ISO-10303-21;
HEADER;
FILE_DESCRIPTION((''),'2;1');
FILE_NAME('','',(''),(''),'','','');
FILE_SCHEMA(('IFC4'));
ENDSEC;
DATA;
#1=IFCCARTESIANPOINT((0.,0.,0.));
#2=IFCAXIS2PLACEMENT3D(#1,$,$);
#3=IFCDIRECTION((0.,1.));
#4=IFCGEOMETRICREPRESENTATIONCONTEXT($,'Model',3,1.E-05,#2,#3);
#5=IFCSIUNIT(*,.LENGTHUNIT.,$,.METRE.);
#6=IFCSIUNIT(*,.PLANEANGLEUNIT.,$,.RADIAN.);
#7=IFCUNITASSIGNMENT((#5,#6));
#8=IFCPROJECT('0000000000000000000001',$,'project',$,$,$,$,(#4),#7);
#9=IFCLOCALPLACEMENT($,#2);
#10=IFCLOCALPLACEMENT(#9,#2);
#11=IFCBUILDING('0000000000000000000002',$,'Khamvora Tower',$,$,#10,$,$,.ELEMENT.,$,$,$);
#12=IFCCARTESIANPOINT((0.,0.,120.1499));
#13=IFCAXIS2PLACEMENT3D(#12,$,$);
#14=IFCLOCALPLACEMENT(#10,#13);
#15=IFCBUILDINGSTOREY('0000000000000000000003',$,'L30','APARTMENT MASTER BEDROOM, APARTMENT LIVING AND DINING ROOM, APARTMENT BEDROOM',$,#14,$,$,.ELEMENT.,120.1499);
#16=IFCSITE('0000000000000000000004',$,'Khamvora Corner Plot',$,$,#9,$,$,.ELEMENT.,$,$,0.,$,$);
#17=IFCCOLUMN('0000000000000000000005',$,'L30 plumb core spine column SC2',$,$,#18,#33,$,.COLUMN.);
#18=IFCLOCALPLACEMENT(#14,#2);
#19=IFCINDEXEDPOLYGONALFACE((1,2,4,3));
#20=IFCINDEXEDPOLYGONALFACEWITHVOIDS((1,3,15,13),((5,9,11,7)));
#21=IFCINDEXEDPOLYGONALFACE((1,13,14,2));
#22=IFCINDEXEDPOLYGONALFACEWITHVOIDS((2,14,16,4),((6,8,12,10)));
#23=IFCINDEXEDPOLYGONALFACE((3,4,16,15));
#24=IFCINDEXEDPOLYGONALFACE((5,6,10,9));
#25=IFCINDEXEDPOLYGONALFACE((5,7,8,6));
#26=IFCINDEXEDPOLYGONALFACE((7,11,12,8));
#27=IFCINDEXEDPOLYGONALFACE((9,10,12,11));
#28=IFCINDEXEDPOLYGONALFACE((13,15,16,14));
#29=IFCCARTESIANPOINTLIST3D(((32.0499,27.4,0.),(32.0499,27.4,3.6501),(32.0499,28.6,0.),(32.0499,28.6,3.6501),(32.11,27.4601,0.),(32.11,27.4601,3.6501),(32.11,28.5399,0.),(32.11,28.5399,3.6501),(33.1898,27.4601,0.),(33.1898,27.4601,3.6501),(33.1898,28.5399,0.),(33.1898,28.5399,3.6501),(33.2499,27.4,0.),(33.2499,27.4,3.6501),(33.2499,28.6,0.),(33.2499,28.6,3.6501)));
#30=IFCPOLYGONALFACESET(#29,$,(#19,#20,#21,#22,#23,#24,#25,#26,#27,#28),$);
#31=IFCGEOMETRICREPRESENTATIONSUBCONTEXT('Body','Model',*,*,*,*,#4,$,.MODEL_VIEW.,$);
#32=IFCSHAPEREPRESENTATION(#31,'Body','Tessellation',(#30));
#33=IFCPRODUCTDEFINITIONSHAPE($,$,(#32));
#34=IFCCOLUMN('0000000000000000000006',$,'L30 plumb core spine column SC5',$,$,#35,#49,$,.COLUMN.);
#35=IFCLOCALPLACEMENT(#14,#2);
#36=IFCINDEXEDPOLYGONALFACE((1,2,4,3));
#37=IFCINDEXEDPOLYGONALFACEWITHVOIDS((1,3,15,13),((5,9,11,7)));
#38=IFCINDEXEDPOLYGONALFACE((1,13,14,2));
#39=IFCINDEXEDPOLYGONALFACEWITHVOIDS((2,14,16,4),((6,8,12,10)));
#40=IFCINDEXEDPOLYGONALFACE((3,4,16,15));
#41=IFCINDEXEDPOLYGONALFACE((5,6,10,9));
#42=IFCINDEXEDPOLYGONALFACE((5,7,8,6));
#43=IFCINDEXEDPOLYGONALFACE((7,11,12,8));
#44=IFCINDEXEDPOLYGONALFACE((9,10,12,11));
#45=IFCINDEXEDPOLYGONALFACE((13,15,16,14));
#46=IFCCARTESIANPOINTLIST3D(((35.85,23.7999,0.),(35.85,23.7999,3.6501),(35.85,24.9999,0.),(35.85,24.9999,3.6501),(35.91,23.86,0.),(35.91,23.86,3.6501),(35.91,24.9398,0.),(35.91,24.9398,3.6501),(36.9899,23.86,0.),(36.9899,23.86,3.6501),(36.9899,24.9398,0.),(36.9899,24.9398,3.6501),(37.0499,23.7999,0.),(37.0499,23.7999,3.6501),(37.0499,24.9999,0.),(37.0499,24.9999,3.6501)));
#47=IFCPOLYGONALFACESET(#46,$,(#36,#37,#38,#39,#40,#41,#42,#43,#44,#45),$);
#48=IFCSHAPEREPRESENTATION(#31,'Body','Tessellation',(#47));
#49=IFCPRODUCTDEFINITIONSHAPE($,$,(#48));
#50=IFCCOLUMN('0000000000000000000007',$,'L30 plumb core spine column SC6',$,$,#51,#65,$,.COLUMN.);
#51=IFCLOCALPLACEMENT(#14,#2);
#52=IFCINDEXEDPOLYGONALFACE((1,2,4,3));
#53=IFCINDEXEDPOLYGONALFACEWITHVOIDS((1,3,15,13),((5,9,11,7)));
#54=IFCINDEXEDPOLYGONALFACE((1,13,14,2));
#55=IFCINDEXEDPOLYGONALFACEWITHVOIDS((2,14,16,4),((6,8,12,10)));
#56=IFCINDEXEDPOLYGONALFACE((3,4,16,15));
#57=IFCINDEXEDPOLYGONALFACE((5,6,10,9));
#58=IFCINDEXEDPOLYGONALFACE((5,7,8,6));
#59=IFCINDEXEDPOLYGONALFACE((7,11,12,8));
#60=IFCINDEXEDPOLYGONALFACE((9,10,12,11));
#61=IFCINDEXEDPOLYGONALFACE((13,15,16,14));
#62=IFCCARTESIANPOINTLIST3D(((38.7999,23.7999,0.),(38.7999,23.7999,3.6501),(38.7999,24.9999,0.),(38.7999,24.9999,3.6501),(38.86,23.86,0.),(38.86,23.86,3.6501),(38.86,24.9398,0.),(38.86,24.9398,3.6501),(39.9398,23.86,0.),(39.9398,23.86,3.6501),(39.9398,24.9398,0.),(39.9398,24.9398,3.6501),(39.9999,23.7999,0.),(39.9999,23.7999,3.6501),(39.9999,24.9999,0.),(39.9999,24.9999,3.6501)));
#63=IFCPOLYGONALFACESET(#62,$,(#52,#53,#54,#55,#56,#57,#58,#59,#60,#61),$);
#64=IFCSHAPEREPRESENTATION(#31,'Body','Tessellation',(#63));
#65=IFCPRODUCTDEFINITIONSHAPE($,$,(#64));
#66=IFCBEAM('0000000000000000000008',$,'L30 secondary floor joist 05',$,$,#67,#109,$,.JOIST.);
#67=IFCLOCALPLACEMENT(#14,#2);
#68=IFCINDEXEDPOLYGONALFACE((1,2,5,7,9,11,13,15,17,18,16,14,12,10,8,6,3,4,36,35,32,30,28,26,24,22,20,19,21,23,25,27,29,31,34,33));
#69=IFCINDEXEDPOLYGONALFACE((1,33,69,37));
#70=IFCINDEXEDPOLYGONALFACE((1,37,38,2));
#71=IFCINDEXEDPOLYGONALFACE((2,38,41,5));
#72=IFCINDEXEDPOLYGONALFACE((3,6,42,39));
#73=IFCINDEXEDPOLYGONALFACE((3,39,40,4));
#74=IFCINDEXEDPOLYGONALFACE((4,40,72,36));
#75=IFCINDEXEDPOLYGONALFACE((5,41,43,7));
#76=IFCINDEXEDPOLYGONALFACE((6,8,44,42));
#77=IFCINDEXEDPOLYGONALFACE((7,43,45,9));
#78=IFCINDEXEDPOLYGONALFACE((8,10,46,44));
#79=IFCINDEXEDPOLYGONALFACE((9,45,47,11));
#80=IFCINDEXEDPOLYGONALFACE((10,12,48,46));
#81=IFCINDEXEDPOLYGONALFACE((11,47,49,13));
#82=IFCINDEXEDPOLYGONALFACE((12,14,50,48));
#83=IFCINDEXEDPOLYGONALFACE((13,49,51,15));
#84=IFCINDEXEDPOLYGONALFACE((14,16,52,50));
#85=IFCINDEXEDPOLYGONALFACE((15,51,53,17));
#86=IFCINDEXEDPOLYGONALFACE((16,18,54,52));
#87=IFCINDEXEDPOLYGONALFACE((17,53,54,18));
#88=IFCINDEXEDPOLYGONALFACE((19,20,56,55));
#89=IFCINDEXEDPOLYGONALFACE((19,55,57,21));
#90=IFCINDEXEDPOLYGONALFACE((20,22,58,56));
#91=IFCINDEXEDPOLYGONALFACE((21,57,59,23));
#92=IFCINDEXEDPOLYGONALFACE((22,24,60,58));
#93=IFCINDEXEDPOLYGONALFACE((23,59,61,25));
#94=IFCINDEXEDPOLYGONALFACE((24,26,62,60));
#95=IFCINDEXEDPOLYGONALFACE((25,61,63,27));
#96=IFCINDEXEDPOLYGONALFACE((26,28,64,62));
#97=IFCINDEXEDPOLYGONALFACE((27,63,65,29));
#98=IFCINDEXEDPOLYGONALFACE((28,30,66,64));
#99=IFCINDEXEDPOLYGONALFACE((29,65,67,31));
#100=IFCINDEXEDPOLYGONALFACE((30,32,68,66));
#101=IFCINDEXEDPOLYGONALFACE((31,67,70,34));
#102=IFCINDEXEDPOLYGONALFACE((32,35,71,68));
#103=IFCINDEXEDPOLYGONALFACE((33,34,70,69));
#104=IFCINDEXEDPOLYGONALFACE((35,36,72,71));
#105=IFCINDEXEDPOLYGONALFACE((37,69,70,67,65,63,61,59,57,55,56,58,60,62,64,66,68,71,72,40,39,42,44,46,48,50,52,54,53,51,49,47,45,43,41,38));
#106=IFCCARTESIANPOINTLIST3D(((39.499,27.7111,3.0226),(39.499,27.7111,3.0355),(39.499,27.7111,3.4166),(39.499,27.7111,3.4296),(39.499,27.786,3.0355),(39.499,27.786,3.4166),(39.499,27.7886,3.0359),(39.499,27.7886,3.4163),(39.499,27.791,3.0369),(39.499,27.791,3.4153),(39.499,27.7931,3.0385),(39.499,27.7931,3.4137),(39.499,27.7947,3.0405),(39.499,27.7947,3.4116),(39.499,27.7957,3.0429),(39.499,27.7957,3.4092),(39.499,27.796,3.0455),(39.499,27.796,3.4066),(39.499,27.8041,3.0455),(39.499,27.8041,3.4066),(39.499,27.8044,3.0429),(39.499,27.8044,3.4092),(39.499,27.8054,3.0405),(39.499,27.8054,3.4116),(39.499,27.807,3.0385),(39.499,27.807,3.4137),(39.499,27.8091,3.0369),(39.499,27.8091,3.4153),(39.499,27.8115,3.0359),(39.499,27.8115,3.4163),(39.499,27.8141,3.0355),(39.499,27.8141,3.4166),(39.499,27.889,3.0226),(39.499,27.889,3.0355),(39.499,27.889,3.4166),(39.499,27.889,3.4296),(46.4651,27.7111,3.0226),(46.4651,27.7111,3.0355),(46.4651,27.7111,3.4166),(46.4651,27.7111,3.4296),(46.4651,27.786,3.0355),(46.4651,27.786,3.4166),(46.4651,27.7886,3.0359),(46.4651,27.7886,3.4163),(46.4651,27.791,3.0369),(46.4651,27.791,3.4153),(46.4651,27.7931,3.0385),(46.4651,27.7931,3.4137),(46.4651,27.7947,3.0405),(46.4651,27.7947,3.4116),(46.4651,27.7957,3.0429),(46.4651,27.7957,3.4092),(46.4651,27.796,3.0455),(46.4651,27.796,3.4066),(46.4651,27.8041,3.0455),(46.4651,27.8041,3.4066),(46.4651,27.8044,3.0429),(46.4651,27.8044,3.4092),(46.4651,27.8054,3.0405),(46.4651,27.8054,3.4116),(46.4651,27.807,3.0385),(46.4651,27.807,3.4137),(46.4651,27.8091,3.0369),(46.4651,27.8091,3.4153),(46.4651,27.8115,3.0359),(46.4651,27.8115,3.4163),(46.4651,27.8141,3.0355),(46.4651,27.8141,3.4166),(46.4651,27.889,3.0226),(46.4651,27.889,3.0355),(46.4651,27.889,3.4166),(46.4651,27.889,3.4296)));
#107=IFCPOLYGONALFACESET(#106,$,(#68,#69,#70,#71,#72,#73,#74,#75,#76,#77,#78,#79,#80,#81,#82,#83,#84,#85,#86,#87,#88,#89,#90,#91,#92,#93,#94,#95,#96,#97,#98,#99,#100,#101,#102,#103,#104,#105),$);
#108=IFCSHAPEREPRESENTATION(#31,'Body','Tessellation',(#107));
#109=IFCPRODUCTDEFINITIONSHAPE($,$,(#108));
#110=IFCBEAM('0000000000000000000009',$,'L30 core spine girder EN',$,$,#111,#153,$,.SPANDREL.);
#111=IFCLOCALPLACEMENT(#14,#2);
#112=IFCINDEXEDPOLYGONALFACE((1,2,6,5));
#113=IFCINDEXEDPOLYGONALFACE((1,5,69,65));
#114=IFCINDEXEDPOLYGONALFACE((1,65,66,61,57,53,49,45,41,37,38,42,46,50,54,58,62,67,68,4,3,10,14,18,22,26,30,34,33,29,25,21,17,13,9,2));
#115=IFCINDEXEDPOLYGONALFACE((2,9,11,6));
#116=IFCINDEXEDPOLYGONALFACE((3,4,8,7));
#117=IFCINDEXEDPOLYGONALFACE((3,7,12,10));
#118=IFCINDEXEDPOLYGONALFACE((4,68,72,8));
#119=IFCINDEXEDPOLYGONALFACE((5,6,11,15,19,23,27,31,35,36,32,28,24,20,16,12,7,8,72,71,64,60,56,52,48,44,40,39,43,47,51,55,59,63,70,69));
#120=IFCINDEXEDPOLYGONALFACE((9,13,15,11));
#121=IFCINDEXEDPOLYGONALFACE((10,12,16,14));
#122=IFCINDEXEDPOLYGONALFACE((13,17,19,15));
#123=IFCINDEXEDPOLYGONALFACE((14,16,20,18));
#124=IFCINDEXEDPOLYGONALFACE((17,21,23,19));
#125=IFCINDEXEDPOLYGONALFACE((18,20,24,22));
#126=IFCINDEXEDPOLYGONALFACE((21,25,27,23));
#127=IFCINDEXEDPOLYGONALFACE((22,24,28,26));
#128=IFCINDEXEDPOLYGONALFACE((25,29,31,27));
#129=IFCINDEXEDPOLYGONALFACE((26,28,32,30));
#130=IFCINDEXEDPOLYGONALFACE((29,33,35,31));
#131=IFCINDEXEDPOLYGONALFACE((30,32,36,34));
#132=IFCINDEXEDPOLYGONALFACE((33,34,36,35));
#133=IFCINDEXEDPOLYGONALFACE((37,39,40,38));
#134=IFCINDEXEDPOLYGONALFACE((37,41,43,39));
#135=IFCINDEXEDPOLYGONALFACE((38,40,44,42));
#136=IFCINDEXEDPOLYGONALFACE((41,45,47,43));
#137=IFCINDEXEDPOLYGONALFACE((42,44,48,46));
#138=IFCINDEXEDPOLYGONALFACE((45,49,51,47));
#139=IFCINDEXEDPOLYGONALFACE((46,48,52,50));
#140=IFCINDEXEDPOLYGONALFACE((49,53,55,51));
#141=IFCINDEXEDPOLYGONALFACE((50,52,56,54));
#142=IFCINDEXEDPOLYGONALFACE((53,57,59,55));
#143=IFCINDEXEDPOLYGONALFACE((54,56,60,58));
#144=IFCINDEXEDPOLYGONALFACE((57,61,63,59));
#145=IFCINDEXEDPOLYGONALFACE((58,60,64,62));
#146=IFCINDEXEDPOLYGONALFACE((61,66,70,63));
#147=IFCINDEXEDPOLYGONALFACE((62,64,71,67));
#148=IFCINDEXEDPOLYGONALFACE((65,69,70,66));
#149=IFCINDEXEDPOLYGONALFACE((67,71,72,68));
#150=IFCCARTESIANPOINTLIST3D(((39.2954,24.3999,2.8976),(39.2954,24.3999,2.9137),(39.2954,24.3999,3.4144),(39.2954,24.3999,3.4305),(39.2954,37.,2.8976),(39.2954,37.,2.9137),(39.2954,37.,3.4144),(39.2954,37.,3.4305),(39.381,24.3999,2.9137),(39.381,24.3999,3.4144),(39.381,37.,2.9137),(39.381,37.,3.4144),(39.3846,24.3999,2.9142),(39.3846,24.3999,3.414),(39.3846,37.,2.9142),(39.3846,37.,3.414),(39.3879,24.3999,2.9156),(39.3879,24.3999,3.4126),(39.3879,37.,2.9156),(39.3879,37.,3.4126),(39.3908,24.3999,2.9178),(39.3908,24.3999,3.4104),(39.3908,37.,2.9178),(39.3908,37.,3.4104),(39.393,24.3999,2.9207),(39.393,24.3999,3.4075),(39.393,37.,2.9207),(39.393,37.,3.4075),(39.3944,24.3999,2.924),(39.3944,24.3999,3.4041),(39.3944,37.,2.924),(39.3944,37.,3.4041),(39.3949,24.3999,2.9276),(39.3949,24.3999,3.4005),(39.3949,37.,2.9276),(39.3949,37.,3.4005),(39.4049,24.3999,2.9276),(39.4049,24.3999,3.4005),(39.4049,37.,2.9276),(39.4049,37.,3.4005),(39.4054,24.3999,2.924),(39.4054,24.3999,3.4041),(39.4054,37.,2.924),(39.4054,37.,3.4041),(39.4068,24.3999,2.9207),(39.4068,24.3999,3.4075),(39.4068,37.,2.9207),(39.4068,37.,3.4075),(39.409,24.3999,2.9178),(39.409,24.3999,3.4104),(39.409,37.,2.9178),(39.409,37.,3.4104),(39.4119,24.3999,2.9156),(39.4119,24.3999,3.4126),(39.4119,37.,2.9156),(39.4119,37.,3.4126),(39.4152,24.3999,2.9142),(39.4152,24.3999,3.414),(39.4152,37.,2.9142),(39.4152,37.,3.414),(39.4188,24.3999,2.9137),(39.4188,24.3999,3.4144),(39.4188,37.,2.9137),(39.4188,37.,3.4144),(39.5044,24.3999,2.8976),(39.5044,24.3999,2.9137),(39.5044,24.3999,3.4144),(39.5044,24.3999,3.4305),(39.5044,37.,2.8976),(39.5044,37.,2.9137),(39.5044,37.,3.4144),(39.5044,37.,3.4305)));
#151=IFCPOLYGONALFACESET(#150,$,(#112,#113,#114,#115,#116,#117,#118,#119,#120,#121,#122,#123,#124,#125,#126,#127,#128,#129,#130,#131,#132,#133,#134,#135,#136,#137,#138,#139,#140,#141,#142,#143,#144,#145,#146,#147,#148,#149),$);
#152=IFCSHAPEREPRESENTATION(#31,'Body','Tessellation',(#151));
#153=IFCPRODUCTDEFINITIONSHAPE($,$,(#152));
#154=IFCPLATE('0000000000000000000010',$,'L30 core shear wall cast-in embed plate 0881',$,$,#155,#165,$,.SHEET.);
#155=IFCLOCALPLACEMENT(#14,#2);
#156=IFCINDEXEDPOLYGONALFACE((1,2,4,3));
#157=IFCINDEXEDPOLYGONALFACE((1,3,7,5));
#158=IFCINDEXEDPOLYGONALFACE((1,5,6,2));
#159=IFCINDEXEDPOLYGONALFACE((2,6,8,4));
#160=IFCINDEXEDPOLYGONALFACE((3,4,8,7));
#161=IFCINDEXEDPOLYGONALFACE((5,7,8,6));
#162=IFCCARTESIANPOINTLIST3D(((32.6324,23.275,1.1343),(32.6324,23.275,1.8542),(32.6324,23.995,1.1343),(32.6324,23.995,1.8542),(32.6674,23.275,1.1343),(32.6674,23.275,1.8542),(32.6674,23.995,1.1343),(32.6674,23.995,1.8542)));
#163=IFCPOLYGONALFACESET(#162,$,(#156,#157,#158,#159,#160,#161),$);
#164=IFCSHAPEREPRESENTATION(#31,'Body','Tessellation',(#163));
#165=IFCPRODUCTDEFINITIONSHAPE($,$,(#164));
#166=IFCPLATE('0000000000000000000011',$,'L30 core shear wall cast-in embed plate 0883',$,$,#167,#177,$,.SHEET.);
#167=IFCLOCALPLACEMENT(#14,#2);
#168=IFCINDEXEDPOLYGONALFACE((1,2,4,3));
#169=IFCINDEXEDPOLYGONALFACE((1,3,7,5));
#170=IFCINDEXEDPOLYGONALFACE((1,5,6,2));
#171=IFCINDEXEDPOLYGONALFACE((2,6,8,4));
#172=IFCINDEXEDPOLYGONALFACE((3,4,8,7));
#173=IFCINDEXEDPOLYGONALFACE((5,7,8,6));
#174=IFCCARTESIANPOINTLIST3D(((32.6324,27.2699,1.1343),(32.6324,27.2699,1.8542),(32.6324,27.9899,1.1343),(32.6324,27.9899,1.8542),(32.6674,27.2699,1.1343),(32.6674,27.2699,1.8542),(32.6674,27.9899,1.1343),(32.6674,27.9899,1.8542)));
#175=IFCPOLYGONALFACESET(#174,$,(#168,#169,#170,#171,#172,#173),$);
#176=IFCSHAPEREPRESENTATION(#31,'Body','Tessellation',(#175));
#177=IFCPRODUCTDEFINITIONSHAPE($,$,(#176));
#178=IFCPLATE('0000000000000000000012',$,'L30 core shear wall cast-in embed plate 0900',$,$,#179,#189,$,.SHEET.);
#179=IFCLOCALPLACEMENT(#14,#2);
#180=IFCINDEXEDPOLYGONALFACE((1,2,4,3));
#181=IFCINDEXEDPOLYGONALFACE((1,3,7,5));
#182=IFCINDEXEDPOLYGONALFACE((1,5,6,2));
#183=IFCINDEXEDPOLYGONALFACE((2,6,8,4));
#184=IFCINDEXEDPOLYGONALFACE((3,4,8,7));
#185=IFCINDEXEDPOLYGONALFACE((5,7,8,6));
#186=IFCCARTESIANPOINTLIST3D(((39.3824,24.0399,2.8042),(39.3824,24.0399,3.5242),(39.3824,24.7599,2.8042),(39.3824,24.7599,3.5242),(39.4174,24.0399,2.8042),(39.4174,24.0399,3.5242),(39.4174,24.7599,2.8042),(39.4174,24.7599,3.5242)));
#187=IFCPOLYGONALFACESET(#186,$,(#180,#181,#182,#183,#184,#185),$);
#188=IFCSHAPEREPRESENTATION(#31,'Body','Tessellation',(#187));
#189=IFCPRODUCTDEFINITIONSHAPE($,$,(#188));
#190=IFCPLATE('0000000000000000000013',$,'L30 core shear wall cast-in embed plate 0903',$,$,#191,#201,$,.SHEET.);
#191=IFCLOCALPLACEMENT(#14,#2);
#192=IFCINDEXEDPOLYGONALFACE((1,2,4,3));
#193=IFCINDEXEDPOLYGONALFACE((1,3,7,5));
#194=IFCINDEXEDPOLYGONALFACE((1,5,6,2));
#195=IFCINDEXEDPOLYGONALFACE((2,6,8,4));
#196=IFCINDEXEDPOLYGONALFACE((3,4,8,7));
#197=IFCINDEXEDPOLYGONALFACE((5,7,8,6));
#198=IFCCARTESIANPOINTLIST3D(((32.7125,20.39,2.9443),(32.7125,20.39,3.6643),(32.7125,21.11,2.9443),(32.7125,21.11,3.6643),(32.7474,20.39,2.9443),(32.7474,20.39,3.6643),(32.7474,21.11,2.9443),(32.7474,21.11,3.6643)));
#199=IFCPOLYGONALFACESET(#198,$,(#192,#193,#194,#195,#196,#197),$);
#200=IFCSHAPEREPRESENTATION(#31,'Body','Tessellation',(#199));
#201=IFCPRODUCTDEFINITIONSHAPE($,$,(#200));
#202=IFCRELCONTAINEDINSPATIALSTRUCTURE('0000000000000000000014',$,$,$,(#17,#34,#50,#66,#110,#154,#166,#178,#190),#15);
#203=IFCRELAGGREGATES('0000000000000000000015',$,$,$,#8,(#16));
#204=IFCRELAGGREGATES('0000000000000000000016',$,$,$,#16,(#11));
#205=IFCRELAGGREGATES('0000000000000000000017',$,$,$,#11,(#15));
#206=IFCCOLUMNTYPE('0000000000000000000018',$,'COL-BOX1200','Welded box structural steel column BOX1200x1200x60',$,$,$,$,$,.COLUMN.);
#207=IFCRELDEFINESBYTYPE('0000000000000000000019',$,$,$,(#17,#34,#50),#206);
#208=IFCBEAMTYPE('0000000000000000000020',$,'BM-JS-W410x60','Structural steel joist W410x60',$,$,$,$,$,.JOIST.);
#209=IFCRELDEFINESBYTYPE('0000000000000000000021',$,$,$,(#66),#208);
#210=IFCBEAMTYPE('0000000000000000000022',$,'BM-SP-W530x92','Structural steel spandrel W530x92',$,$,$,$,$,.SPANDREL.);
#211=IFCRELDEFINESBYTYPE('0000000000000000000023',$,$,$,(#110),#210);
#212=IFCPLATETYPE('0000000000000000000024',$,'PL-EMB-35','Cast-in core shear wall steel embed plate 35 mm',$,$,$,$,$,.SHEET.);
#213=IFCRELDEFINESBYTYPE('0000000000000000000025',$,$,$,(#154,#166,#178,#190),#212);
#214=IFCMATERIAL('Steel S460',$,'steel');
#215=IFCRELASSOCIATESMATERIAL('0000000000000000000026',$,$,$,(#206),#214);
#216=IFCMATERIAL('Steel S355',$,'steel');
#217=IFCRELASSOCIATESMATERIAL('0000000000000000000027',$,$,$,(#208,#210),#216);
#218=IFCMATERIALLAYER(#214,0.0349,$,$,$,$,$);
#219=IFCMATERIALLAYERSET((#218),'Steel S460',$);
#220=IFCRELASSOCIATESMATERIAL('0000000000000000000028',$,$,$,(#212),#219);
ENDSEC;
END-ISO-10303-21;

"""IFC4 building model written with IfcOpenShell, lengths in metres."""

from ifc_helpers import new_model, si_unit, direction, frame, origin, origin_2d, place, context, subcontext, project, spatial, rectangle, hollow_rectangle, i_section, extrude, material, layer, layer_set, material_profile, profile_set, type_object, element, save


model = new_model("IFC4")

# Units and contexts
model_context = context("Model", 3, precision=1e-05, world=origin(), true_north=direction((0.0, 1.0)))
body_context = subcontext(model_context, "Body", "Model", "MODEL_VIEW")
ifc_project = project(units=[si_unit("LENGTHUNIT", "METRE"), si_unit("PLANEANGLEUNIT", "RADIAN")], contexts=[model_context])

# Site, building, storey
site_placement = place(None, origin())
site = spatial("IfcSite", under=ifc_project, at=site_placement, Name="Khamvora Corner Plot", CompositionType="ELEMENT", RefElevation=0.0)
building_placement = place(site_placement, origin())
building = spatial("IfcBuilding", under=site, at=building_placement, Name="Khamvora Tower", CompositionType="ELEMENT")
storey_placement = place(building_placement, frame((0.0, 0.0, 120.1499)))
storey = spatial("IfcBuildingStorey", under=building, at=storey_placement, Name="L30", Description="APARTMENT MASTER BEDROOM, APARTMENT LIVING AND DINING ROOM, APARTMENT BEDROOM", CompositionType="ELEMENT", Elevation=120.1499)

# Columns
ifc_material_1 = material(Name="Steel S460", Category="steel")
ifc_material_profile_1 = material_profile(ifc_material_1, hollow_rectangle(XDim=1.2, YDim=1.2, WallThickness=0.0601, at=origin_2d()), Name="BOX1200x1200x60")
ifc_profile_set_1 = profile_set([ifc_material_profile_1], Name="Steel S460")
column_type = type_object("IfcColumnType", Name="COL-BOX1200", Description="Welded box structural steel column BOX1200x1200x60", PredefinedType="COLUMN", material=ifc_profile_set_1)
for number, where, z_axis, x_axis, name in (
    (1, (32.6499, 28.0, 0.0), (0.0, 0.0, 1.0), (1.0, 0.0, 0.0), "L30 plumb core spine column SC2"),
    (2, (36.45, 24.3999, 0.0), (0.0, 0.0, 1.0), (1.0, 0.0, 0.0), "L30 plumb core spine column SC5"),
    (3, (39.3999, 24.3999, 0.0), (0.0, 0.0, 1.0), (1.0, 0.0, 0.0), "L30 plumb core spine column SC6"),
):
    element("IfcColumn", number, at=place(storey_placement, frame(where, z_axis=z_axis, x_axis=x_axis)), inside=storey, type_object=column_type, Name=name, PredefinedType="COLUMN", context=body_context, shape_type="SweptSolid", body=[
        extrude(hollow_rectangle(XDim=1.2, YDim=1.2, WallThickness=0.0601, at=origin_2d()), origin(), (0.0, 0.0, 1.0), 3.6501),
    ])

# Beams
ifc_material_2 = material(Name="Steel S355", Category="steel")
ifc_material_profile_2 = material_profile(ifc_material_2, i_section(OverallWidth=0.178, OverallDepth=0.407, WebThickness=0.0081, FlangeThickness=0.0129, FilletRadius=0.01, at=origin_2d()), Name="W410x60")
ifc_profile_set_2 = profile_set([ifc_material_profile_2], Name="Steel S355")
beam_type_1 = type_object("IfcBeamType", Name="BM-JS-W410x60", Description="Structural steel joist W410x60", PredefinedType="JOIST", material=ifc_profile_set_2)
beam_1_placement = place(storey_placement, frame((39.499, 27.8, 3.2261), z_axis=(1.0, 0.0, 0.0), x_axis=(0.0, 1.0, 0.0)))
element("IfcBeam", 4, at=beam_1_placement, inside=storey, type_object=beam_type_1, Name="L30 secondary floor joist 05", PredefinedType="JOIST", context=body_context, shape_type="SweptSolid", body=[
    extrude(i_section(OverallWidth=0.178, OverallDepth=0.407, WebThickness=0.0081, FlangeThickness=0.0129, FilletRadius=0.01, at=origin_2d()), origin(), (0.0, 0.0, 1.0), 6.9661),
])
ifc_material_profile_3 = material_profile(ifc_material_2, i_section(OverallWidth=0.209, OverallDepth=0.533, WebThickness=0.01, FlangeThickness=0.0161, FilletRadius=0.0139, at=origin_2d()), Name="W530x92")
ifc_profile_set_3 = profile_set([ifc_material_profile_3], Name="Steel S355")
beam_type_2 = type_object("IfcBeamType", Name="BM-SP-W530x92", Description="Structural steel spandrel W530x92", PredefinedType="SPANDREL", material=ifc_profile_set_3)
beam_2_placement = place(storey_placement, frame((39.3999, 24.3999, 3.1641), z_axis=(0.0, 1.0, 0.0), x_axis=(-1.0, 0.0, 0.0)))
element("IfcBeam", 5, at=beam_2_placement, inside=storey, type_object=beam_type_2, Name="L30 core spine girder EN", PredefinedType="SPANDREL", context=body_context, shape_type="SweptSolid", body=[
    extrude(i_section(OverallWidth=0.209, OverallDepth=0.533, WebThickness=0.01, FlangeThickness=0.0161, FilletRadius=0.0139, at=origin_2d()), origin(), (0.0, 0.0, 1.0), 12.6001),
])

# Plates
ifc_layer_1 = layer(ifc_material_1, 0.0349)
ifc_layer_set_1 = layer_set([ifc_layer_1], Name="Steel S460")
plate_type = type_object("IfcPlateType", Name="PL-EMB-35", Description="Cast-in core shear wall steel embed plate 35 mm", PredefinedType="SHEET", material=ifc_layer_set_1)
for number, where, z_axis, x_axis, name in (
    (6, (32.6499, 23.635, 1.1343), (0.0, 0.0, 1.0), (1.0, 0.0, 0.0), "L30 core shear wall cast-in embed plate 0881"),
    (7, (32.6499, 27.6299, 1.1343), (0.0, 0.0, 1.0), (1.0, 0.0, 0.0), "L30 core shear wall cast-in embed plate 0883"),
    (8, (39.3999, 24.3999, 2.8042), (0.0, 0.0, 1.0), (1.0, 0.0, 0.0), "L30 core shear wall cast-in embed plate 0900"),
    (9, (32.73, 20.75, 2.9443), (0.0, 0.0, 1.0), (1.0, 0.0, 0.0), "L30 core shear wall cast-in embed plate 0903"),
):
    element("IfcPlate", number, at=place(storey_placement, frame(where, z_axis=z_axis, x_axis=x_axis)), inside=storey, type_object=plate_type, Name=name, PredefinedType="SHEET", context=body_context, shape_type="SweptSolid", body=[
        extrude(rectangle(XDim=0.0349, YDim=0.72, at=origin_2d()), origin(), (0.0, 0.0, 1.0), 0.72),
    ])

save(model, "model.ifc")
